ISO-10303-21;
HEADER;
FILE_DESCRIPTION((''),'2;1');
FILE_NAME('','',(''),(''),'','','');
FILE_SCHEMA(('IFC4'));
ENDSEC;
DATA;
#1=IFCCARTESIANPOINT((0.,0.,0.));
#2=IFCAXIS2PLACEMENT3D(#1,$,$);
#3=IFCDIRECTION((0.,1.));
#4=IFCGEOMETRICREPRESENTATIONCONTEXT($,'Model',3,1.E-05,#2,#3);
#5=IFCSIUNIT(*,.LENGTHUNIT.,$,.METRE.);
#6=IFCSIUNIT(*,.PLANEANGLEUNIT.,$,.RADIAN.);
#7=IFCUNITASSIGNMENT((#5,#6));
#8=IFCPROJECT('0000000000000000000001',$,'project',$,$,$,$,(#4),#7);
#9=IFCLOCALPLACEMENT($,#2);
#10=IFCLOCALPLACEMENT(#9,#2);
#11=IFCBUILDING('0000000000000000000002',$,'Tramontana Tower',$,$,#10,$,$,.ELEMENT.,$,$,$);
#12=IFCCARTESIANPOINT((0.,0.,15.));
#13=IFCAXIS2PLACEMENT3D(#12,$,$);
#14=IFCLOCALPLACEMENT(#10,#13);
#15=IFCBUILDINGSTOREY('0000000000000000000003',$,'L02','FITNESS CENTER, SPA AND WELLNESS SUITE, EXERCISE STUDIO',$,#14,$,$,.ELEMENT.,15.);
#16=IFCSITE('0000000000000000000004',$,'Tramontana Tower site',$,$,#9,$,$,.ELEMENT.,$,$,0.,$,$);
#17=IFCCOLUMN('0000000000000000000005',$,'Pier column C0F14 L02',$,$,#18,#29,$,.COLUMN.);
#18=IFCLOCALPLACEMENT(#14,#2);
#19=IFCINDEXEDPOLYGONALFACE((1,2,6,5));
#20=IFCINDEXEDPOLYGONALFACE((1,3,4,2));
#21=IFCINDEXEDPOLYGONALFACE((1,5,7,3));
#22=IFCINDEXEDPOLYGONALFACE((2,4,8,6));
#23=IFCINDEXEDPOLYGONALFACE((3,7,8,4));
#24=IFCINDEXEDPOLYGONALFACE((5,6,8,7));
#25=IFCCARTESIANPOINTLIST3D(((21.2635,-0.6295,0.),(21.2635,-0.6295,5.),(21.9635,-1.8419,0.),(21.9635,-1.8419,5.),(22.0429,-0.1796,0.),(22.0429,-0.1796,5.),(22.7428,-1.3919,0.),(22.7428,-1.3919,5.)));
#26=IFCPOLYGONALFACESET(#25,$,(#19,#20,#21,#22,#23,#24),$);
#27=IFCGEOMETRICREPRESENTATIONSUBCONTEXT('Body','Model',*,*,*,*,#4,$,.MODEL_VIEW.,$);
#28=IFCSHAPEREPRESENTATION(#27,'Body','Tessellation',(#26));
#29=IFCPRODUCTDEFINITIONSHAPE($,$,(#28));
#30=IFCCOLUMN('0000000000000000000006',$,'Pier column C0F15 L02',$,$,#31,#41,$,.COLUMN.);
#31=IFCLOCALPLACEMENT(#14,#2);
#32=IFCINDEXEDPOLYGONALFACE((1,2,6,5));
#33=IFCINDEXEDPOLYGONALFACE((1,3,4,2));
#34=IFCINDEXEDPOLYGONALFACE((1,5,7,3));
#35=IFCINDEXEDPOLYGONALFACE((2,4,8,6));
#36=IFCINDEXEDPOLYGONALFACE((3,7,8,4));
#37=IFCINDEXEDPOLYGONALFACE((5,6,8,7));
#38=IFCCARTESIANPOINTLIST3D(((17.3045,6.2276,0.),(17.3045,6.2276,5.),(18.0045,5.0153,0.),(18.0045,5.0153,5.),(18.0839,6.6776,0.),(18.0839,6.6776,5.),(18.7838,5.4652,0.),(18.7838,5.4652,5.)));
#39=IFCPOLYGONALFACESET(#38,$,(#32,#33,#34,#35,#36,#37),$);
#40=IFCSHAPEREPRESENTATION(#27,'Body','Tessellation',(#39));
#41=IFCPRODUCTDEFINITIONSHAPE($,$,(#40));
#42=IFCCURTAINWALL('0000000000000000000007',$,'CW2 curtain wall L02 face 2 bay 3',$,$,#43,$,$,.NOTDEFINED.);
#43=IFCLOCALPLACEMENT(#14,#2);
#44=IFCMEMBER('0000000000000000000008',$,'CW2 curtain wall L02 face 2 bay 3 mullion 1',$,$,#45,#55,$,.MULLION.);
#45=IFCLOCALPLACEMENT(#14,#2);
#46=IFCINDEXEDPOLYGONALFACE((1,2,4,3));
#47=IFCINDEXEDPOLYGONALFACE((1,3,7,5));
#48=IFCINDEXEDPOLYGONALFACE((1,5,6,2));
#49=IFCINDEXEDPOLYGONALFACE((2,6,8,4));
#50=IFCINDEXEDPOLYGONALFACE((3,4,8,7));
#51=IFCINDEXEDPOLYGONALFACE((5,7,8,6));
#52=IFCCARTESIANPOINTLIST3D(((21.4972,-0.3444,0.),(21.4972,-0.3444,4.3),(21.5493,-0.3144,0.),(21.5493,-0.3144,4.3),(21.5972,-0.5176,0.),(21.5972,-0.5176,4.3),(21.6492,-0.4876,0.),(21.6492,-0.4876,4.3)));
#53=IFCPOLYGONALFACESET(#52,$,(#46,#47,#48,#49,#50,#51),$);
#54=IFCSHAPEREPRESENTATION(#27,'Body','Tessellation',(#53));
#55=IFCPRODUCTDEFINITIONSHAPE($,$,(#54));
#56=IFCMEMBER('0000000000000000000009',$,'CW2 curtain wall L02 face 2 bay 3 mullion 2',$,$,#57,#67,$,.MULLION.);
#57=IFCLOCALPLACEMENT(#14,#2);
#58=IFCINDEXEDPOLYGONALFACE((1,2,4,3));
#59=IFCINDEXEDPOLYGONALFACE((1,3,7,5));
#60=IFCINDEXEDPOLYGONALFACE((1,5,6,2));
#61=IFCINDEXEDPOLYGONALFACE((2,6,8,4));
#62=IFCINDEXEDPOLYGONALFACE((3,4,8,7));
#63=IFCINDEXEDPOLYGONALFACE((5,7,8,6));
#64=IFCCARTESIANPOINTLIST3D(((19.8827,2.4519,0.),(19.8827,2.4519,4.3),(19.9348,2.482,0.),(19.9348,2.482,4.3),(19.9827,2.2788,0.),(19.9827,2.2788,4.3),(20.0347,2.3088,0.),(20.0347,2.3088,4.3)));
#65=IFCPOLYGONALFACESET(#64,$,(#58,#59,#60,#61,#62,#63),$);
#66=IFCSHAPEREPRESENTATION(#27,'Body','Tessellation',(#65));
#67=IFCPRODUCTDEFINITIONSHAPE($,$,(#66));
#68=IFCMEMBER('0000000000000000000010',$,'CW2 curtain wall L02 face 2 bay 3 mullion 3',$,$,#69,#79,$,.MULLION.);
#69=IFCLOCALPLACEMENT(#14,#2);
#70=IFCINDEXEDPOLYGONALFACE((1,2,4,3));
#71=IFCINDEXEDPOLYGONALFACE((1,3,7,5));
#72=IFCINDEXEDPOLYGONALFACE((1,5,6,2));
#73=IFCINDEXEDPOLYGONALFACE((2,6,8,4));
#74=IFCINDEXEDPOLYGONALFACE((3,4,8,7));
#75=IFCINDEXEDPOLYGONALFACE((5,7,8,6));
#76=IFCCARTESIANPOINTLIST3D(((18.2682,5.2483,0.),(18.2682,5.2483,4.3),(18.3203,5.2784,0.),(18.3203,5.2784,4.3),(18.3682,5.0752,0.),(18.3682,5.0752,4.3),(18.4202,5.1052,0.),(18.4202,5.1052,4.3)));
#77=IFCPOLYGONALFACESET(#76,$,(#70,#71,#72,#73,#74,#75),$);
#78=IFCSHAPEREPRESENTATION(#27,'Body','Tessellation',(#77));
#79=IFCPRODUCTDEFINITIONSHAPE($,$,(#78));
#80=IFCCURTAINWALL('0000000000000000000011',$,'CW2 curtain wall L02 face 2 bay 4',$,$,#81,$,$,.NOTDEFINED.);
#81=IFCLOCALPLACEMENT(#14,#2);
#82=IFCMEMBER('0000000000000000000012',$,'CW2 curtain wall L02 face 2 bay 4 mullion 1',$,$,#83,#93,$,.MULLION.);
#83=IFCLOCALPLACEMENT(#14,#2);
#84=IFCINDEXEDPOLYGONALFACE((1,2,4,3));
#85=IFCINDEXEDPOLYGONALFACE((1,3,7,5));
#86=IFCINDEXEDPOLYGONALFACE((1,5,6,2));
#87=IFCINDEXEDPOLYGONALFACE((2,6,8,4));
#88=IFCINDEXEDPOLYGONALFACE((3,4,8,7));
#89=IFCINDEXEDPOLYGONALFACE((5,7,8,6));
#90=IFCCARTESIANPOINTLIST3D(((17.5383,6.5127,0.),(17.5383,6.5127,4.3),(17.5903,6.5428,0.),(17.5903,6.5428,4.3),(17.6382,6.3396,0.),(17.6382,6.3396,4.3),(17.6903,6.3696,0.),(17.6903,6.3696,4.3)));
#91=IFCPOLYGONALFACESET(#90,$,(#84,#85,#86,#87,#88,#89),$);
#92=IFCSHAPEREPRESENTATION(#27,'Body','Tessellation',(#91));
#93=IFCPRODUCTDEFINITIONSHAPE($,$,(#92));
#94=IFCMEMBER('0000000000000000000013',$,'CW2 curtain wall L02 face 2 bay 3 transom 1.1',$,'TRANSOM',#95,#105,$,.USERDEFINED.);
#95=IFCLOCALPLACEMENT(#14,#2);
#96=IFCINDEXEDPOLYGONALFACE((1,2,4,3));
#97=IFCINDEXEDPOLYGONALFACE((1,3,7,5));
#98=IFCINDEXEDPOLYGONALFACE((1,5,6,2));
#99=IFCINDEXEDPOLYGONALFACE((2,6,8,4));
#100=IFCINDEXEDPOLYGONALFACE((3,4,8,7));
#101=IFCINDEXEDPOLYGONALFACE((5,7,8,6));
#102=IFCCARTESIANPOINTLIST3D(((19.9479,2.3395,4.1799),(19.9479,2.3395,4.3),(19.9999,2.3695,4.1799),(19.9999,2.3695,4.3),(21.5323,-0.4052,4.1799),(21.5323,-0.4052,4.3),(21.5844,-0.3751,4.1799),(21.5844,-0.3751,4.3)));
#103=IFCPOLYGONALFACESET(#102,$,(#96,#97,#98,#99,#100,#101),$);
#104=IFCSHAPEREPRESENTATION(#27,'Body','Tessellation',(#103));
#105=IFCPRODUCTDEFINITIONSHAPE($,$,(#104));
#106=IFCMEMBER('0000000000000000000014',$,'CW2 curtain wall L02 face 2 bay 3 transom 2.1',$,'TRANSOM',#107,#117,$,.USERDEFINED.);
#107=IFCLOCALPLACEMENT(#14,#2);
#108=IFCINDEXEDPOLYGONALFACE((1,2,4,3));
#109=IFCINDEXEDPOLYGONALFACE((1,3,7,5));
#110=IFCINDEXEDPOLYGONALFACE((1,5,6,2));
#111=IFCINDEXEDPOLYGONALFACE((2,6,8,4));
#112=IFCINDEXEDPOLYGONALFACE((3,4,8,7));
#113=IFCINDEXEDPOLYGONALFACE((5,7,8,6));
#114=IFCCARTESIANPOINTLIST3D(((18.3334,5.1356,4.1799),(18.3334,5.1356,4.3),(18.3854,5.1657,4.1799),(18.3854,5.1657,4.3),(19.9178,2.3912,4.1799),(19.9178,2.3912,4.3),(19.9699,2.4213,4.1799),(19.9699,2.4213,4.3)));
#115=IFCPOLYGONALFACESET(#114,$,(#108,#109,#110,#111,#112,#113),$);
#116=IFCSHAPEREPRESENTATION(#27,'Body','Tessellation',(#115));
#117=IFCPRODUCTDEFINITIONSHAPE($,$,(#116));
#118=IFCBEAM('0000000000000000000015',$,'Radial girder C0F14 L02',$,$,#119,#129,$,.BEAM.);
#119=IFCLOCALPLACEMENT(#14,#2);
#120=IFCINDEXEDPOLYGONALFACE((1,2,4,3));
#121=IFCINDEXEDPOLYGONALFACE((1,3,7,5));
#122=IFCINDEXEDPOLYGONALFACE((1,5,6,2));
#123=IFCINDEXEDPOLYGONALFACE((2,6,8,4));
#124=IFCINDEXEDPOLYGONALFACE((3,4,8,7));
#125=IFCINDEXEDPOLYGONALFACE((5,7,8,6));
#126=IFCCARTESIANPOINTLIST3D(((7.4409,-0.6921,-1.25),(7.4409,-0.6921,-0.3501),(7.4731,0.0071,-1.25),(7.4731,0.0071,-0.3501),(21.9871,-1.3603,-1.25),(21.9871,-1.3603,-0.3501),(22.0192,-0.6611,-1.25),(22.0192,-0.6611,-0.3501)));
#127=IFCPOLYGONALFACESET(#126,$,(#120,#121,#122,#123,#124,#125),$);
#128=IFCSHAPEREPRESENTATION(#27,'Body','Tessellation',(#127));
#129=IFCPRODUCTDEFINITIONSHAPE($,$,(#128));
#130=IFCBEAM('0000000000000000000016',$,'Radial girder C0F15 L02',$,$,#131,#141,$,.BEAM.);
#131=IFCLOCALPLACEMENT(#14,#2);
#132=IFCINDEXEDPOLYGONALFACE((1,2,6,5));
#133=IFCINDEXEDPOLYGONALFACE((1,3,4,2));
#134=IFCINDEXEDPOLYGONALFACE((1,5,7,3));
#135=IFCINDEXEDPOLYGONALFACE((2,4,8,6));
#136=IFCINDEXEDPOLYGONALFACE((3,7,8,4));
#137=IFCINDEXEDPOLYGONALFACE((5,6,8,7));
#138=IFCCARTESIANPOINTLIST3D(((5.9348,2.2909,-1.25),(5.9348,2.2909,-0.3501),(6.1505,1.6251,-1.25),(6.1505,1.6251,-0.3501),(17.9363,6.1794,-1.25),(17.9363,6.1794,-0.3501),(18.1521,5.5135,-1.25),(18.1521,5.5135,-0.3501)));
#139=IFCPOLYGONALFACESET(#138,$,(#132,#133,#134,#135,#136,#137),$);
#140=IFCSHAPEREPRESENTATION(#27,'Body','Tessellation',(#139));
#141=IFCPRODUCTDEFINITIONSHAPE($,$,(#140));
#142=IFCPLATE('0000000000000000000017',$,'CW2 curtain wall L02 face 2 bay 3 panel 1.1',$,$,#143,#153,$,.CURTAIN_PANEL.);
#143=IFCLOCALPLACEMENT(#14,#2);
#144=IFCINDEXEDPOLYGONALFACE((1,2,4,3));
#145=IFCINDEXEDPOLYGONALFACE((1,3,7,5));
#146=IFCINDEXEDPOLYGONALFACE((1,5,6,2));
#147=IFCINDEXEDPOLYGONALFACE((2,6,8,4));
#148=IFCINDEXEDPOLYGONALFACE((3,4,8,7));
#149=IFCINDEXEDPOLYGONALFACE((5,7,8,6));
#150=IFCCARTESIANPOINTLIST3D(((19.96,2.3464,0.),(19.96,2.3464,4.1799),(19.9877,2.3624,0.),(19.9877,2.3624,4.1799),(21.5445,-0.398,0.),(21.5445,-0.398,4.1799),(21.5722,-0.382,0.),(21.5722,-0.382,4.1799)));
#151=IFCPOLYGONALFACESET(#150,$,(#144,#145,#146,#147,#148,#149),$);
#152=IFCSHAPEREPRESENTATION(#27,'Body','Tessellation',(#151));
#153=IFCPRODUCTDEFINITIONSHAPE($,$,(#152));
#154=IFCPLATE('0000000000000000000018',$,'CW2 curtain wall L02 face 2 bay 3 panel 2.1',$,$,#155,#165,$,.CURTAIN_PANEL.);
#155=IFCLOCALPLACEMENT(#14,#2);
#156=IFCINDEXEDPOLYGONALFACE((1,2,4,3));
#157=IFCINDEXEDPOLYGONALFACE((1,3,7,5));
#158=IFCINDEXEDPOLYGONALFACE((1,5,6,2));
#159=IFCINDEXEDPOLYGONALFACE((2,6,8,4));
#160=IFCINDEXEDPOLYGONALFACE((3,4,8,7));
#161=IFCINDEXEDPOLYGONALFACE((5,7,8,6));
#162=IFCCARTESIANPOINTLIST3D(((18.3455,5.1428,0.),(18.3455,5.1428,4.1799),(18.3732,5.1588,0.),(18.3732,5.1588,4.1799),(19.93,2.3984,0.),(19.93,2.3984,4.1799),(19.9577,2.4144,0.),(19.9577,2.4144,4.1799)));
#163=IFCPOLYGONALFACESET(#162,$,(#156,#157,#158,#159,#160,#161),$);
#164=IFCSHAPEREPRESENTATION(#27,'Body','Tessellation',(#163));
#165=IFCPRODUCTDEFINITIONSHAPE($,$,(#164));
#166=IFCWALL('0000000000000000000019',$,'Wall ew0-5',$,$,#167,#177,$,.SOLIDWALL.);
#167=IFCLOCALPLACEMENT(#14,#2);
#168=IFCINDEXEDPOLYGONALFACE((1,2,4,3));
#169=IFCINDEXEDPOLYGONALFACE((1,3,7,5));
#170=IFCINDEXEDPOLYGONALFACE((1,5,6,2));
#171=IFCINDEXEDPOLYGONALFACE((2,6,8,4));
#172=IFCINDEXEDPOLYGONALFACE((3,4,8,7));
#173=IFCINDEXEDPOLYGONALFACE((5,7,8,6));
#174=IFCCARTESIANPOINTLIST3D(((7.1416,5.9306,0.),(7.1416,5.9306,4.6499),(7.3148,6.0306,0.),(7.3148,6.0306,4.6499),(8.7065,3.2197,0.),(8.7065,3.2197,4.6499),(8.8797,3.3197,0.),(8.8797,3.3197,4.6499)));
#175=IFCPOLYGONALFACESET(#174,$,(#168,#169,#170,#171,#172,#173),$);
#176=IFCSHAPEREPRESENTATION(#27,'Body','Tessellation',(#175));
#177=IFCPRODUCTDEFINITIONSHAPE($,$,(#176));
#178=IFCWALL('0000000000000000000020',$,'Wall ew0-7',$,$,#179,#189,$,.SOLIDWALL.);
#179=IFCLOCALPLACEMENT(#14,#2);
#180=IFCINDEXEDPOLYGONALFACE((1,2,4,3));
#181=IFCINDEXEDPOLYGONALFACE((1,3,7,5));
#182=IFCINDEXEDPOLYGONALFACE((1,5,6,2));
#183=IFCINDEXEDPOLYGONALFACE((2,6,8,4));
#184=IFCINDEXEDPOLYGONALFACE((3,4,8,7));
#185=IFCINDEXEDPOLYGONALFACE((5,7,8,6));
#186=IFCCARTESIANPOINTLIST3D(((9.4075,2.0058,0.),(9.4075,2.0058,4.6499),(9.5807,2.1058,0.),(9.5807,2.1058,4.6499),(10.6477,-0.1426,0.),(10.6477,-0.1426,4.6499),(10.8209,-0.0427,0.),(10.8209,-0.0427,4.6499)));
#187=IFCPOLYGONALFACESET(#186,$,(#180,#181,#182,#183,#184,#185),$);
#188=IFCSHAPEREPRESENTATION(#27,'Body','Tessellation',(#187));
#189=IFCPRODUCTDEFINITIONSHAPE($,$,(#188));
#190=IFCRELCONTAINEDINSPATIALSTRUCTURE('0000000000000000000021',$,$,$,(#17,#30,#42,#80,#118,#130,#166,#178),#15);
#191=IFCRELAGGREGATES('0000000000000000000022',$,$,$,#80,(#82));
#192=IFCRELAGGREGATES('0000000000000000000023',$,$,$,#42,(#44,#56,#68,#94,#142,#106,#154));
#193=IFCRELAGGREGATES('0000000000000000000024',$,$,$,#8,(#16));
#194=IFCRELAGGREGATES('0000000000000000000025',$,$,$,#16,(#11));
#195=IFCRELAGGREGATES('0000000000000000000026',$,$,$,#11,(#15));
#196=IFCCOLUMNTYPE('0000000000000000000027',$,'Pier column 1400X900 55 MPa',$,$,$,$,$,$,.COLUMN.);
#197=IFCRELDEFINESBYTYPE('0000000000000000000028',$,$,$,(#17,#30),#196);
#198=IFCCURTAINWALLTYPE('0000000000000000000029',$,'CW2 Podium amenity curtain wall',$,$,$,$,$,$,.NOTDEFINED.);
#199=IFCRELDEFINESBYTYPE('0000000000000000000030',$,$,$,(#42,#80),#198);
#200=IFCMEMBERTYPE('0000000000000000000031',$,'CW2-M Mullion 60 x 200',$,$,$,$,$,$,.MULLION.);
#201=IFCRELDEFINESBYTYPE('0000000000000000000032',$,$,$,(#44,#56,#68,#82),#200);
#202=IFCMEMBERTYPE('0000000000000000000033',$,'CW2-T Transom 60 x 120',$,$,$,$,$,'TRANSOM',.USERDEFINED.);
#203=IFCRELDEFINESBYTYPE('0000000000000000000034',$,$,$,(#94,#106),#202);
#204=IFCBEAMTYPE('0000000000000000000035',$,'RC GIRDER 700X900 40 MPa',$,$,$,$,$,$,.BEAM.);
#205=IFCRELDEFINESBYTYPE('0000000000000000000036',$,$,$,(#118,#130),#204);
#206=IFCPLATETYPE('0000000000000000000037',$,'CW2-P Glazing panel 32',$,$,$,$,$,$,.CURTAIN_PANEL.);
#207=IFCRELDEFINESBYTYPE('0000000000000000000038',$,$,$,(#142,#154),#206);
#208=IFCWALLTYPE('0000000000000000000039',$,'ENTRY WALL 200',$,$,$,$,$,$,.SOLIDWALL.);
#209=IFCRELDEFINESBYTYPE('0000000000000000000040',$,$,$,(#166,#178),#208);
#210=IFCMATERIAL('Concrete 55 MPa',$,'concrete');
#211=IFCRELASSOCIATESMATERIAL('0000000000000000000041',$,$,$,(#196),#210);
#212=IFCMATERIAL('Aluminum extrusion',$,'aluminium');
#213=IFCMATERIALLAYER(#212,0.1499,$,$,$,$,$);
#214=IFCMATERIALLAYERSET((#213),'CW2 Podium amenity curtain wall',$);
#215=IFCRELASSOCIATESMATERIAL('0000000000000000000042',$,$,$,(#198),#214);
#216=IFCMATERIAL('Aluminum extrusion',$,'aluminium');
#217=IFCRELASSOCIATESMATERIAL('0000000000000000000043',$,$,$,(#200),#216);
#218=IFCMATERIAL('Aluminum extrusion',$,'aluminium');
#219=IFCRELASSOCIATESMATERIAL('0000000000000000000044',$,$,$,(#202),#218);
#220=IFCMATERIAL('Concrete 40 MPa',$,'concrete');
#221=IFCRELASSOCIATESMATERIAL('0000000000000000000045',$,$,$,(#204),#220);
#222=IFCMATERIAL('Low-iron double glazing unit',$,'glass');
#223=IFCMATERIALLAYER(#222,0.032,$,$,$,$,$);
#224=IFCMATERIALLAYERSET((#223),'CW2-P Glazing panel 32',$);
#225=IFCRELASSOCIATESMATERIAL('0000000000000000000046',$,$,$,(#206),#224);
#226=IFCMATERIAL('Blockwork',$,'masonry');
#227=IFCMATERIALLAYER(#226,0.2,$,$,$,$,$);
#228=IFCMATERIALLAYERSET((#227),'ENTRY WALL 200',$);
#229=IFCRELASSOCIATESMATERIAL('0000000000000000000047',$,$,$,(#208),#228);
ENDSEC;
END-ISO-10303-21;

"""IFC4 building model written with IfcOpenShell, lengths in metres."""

from ifc_helpers import new_model, si_unit, direction, frame, frame_2d, origin, origin_2d, place, context, subcontext, project, spatial, rectangle, extrude, material, layer, layer_set, material_profile, profile_set, type_object, element, aggregate, save


model = new_model("IFC4")

# Units and contexts
model_context = context("Model", 3, precision=1e-05, world=origin(), true_north=direction((0.0, 1.0)))
body_context = subcontext(model_context, "Body", "Model", "MODEL_VIEW")
ifc_project = project(units=[si_unit("LENGTHUNIT", "METRE"), si_unit("PLANEANGLEUNIT", "RADIAN")], contexts=[model_context])

# Site, building, storey
site_placement = place(None, origin())
site = spatial("IfcSite", under=ifc_project, at=site_placement, Name="Tramontana Tower site", CompositionType="ELEMENT", RefElevation=0.0)
building_placement = place(site_placement, origin())
building = spatial("IfcBuilding", under=site, at=building_placement, Name="Tramontana Tower", CompositionType="ELEMENT")
storey_placement = place(building_placement, frame((0.0, 0.0, 15.0)))
storey = spatial("IfcBuildingStorey", under=building, at=storey_placement, Name="L02", Description="FITNESS CENTER, SPA AND WELLNESS SUITE, EXERCISE STUDIO", CompositionType="ELEMENT", Elevation=15.0)

# Columns
ifc_material_1 = material(Name="Concrete 55 MPa", Category="concrete")
ifc_material_profile_1 = material_profile(ifc_material_1, rectangle(XDim=1.3999, YDim=0.8999, at=origin_2d()), Name="Pier column 1400X900 55 MPa")
ifc_profile_set_1 = profile_set([ifc_material_profile_1], Name="Concrete 55 MPa")
column_type = type_object("IfcColumnType", Name="Pier column 1400X900 55 MPa", PredefinedType="COLUMN", material=ifc_profile_set_1)
for number, where, z_axis, x_axis, name in (
    (1, (22.0032, -1.0107, 0.0), (0.0, 0.0, 1.0), (-0.5, 0.866025, 0.0), "Pier column C0F14 L02"),
    (2, (18.0442, 5.8464, 0.0), (0.0, 0.0, 1.0), (-0.5, 0.866025, 0.0), "Pier column C0F15 L02"),
):
    element("IfcColumn", number, at=place(storey_placement, frame(where, z_axis=z_axis, x_axis=x_axis)), inside=storey, type_object=column_type, Name=name, PredefinedType="COLUMN", context=body_context, shape_type="SweptSolid", body=[
        extrude(rectangle(XDim=1.3999, YDim=0.8999, at=origin_2d()), origin(), (0.0, 0.0, 1.0), 5.0),
    ])

# Curtain wall, members
ifc_material_2 = material(Name="Aluminum extrusion", Category="aluminium")
ifc_layer_1 = layer(ifc_material_2, 0.1499)
ifc_layer_set_1 = layer_set([ifc_layer_1], Name="CW2 Podium amenity curtain wall")
curtain_wall_type = type_object("IfcCurtainWallType", Name="CW2 Podium amenity curtain wall", PredefinedType="NOTDEFINED", material=ifc_layer_set_1)
curtain_wall_1_placement = place(storey_placement, origin())
curtain_wall_1 = element("IfcCurtainWall", 3, at=curtain_wall_1_placement, inside=storey, type_object=curtain_wall_type, Name="CW2 curtain wall L02 face 2 bay 3", PredefinedType="NOTDEFINED")
ifc_material_3 = material(Name="Aluminum extrusion", Category="aluminium")
ifc_material_profile_2 = material_profile(ifc_material_3, rectangle(XDim=0.0601, YDim=0.2, at=origin_2d()), Name="CW2-M Mullion 60 x 200")
ifc_profile_set_2 = profile_set([ifc_material_profile_2], Name="Aluminum extrusion")
member_type_1 = type_object("IfcMemberType", Name="CW2-M Mullion 60 x 200", PredefinedType="MULLION", material=ifc_profile_set_2)
member_1_placement = place(storey_placement, frame((21.5732, -0.416, 0.0), z_axis=(0.0, 0.0, 1.0), x_axis=(-0.866025, -0.5, 0.0)))
member_1 = element("IfcMember", 4, at=member_1_placement, type_object=member_type_1, Name="CW2 curtain wall L02 face 2 bay 3 mullion 1", PredefinedType="MULLION", context=body_context, shape_type="SweptSolid", body=[
    extrude(rectangle(XDim=0.0601, YDim=0.2, at=origin_2d()), origin(), (0.0, 0.0, 1.0), 4.3),
])
member_2_placement = place(storey_placement, frame((19.9587, 2.3804, 0.0), z_axis=(0.0, 0.0, 1.0), x_axis=(-0.866025, -0.5, 0.0)))
member_2 = element("IfcMember", 5, at=member_2_placement, type_object=member_type_1, Name="CW2 curtain wall L02 face 2 bay 3 mullion 2", PredefinedType="MULLION", context=body_context, shape_type="SweptSolid", body=[
    extrude(rectangle(XDim=0.0601, YDim=0.2, at=origin_2d()), origin(), (0.0, 0.0, 1.0), 4.3),
])
member_3_placement = place(storey_placement, frame((18.3442, 5.1768, 0.0), z_axis=(0.0, 0.0, 1.0), x_axis=(-0.866025, -0.5, 0.0)))
member_3 = element("IfcMember", 6, at=member_3_placement, type_object=member_type_1, Name="CW2 curtain wall L02 face 2 bay 3 mullion 3", PredefinedType="MULLION", context=body_context, shape_type="SweptSolid", body=[
    extrude(rectangle(XDim=0.0601, YDim=0.2, at=origin_2d()), origin(), (0.0, 0.0, 1.0), 4.3),
])

# Curtain wall, member
curtain_wall_2_placement = place(storey_placement, origin())
curtain_wall_2 = element("IfcCurtainWall", 7, at=curtain_wall_2_placement, inside=storey, type_object=curtain_wall_type, Name="CW2 curtain wall L02 face 2 bay 4", PredefinedType="NOTDEFINED")
member_4_placement = place(storey_placement, frame((17.6143, 6.4412, 0.0), z_axis=(0.0, 0.0, 1.0), x_axis=(-0.866025, -0.5, 0.0)))
member_4 = element("IfcMember", 8, at=member_4_placement, type_object=member_type_1, Name="CW2 curtain wall L02 face 2 bay 4 mullion 1", PredefinedType="MULLION", context=body_context, shape_type="SweptSolid", body=[
    extrude(rectangle(XDim=0.0601, YDim=0.2, at=origin_2d()), origin(), (0.0, 0.0, 1.0), 4.3),
])
aggregate(curtain_wall_2, [member_4])

# Members
ifc_material_4 = material(Name="Aluminum extrusion", Category="aluminium")
ifc_material_profile_3 = material_profile(ifc_material_4, rectangle(XDim=0.0601, YDim=0.1201, at=origin_2d()), Name="CW2-T Transom 60 x 120")
ifc_profile_set_3 = profile_set([ifc_material_profile_3], Name="Aluminum extrusion")
member_type_2 = type_object("IfcMemberType", Name="CW2-T Transom 60 x 120", ElementType="TRANSOM", PredefinedType="USERDEFINED", material=ifc_profile_set_3)
member_5_placement = place(storey_placement, frame((21.5583, -0.3901, 4.24), z_axis=(-0.499967, 0.866044, 0.0), x_axis=(-0.866044, -0.499967, 0.0)))
member_5 = element("IfcMember", 9, at=member_5_placement, type_object=member_type_2, Name="CW2 curtain wall L02 face 2 bay 3 transom 1.1", ObjectType="TRANSOM", PredefinedType="USERDEFINED", context=body_context, shape_type="SweptSolid", body=[
    extrude(rectangle(XDim=0.0601, YDim=0.1201, at=origin_2d()), origin(), (0.0, 0.0, 1.0), 3.1692),
])
member_6_placement = place(storey_placement, frame((19.9438, 2.4062, 4.24), z_axis=(-0.5, 0.866025, 0.0), x_axis=(-0.866025, -0.5, 0.0)))
member_6 = element("IfcMember", 10, at=member_6_placement, type_object=member_type_2, Name="CW2 curtain wall L02 face 2 bay 3 transom 2.1", ObjectType="TRANSOM", PredefinedType="USERDEFINED", context=body_context, shape_type="SweptSolid", body=[
    extrude(rectangle(XDim=0.0601, YDim=0.1201, at=origin_2d()), origin(), (0.0, 0.0, 1.0), 3.1689),
])

# Beams
ifc_material_5 = material(Name="Concrete 40 MPa", Category="concrete")
ifc_material_profile_4 = material_profile(ifc_material_5, rectangle(XDim=0.7, YDim=0.8999, at=origin_2d()), Name="RC GIRDER 700X900 40 MPa")
ifc_profile_set_4 = profile_set([ifc_material_profile_4], Name="Concrete 40 MPa")
beam_type = type_object("IfcBeamType", Name="RC GIRDER 700X900 40 MPa", PredefinedType="BEAM", material=ifc_profile_set_4)
beam_1_placement = place(storey_placement, frame((22.0032, -1.0107, -0.8), z_axis=(-0.998947, 0.045889, 0.0), x_axis=(-0.045889, -0.998947, 0.0)))
element("IfcBeam", 11, at=beam_1_placement, inside=storey, type_object=beam_type, Name="Radial girder C0F14 L02", PredefinedType="BEAM", context=body_context, shape_type="SweptSolid", body=[
    extrude(rectangle(XDim=0.7, YDim=0.8999, at=origin_2d()), origin(), (0.0, 0.0, 1.0), 14.5615),
])
beam_2_placement = place(storey_placement, frame((18.0442, 5.8464, -0.8), z_axis=(-0.951314, -0.308222, 0.0), x_axis=(0.308222, -0.951314, 0.0)))
element("IfcBeam", 12, at=beam_2_placement, inside=storey, type_object=beam_type, Name="Radial girder C0F15 L02", PredefinedType="BEAM", context=body_context, shape_type="SweptSolid", body=[
    extrude(rectangle(XDim=0.7, YDim=0.8999, at=origin_2d()), origin(), (0.0, 0.0, 1.0), 12.6157),
])

# Plates
ifc_material_6 = material(Name="Low-iron double glazing unit", Category="glass")
ifc_layer_2 = layer(ifc_material_6, 0.032)
ifc_layer_set_2 = layer_set([ifc_layer_2], Name="CW2-P Glazing panel 32")
plate_type = type_object("IfcPlateType", Name="CW2-P Glazing panel 32", PredefinedType="CURTAIN_PANEL", material=ifc_layer_set_2)
plate_1_placement = place(storey_placement, frame((20.7661, 0.9822, 0.0), z_axis=(0.0, 0.0, 1.0), x_axis=(-0.5, 0.866025, 0.0)))
plate_1 = element("IfcPlate", 13, at=plate_1_placement, type_object=plate_type, Name="CW2 curtain wall L02 face 2 bay 3 panel 1.1", PredefinedType="CURTAIN_PANEL", context=body_context, shape_type="SweptSolid", body=[
    extrude(rectangle(XDim=3.1689, YDim=0.032, at=origin_2d()), origin(), (0.0, 0.0, 1.0), 4.1799),
])
plate_2_placement = place(storey_placement, frame((19.1516, 3.7786, 0.0), z_axis=(0.0, 0.0, 1.0), x_axis=(-0.5, 0.866025, 0.0)))
plate_2 = element("IfcPlate", 14, at=plate_2_placement, type_object=plate_type, Name="CW2 curtain wall L02 face 2 bay 3 panel 2.1", PredefinedType="CURTAIN_PANEL", context=body_context, shape_type="SweptSolid", body=[
    extrude(rectangle(XDim=3.1689, YDim=0.032, at=origin_2d()), origin(), (0.0, 0.0, 1.0), 4.1799),
])
aggregate(curtain_wall_1, [member_1, member_2, member_3, member_5, plate_1, member_6, plate_2])

# Wall
ifc_material_7 = material(Name="Blockwork", Category="masonry")
ifc_layer_3 = layer(ifc_material_7, 0.2)
ifc_layer_set_3 = layer_set([ifc_layer_3], Name="ENTRY WALL 200")
wall_type_1 = type_object("IfcWallType", Name="ENTRY WALL 200", PredefinedType="SOLIDWALL", material=ifc_layer_set_3)
wall_1_placement = place(storey_placement, frame((7.2283, 5.9805, 0.0), z_axis=(0.0, 0.0, 1.0), x_axis=(0.499948, -0.866056, 0.0)))
element("IfcWall", 15, at=wall_1_placement, inside=storey, type_object=wall_type_1, Name="Wall ew0-5", PredefinedType="SOLIDWALL", context=body_context, shape_type="SweptSolid", body=[
    extrude(rectangle(XDim=3.1301, YDim=0.2, at=frame_2d((1.5649, 0.0))), origin(), (0.0, 0.0, 1.0), 4.6499),
])

# Wall
wall_2_placement = place(storey_placement, frame((9.4941, 2.0557, 0.0), z_axis=(0.0, 0.0, 1.0), x_axis=(0.49995, -0.866054, 0.0)))
element("IfcWall", 16, at=wall_2_placement, inside=storey, type_object=wall_type_1, Name="Wall ew0-7", PredefinedType="SOLIDWALL", context=body_context, shape_type="SweptSolid", body=[
    extrude(rectangle(XDim=2.4807, YDim=0.2, at=frame_2d((1.2402, 0.0))), origin(), (0.0, 0.0, 1.0), 4.6499),
])

save(model, "model.ifc")
